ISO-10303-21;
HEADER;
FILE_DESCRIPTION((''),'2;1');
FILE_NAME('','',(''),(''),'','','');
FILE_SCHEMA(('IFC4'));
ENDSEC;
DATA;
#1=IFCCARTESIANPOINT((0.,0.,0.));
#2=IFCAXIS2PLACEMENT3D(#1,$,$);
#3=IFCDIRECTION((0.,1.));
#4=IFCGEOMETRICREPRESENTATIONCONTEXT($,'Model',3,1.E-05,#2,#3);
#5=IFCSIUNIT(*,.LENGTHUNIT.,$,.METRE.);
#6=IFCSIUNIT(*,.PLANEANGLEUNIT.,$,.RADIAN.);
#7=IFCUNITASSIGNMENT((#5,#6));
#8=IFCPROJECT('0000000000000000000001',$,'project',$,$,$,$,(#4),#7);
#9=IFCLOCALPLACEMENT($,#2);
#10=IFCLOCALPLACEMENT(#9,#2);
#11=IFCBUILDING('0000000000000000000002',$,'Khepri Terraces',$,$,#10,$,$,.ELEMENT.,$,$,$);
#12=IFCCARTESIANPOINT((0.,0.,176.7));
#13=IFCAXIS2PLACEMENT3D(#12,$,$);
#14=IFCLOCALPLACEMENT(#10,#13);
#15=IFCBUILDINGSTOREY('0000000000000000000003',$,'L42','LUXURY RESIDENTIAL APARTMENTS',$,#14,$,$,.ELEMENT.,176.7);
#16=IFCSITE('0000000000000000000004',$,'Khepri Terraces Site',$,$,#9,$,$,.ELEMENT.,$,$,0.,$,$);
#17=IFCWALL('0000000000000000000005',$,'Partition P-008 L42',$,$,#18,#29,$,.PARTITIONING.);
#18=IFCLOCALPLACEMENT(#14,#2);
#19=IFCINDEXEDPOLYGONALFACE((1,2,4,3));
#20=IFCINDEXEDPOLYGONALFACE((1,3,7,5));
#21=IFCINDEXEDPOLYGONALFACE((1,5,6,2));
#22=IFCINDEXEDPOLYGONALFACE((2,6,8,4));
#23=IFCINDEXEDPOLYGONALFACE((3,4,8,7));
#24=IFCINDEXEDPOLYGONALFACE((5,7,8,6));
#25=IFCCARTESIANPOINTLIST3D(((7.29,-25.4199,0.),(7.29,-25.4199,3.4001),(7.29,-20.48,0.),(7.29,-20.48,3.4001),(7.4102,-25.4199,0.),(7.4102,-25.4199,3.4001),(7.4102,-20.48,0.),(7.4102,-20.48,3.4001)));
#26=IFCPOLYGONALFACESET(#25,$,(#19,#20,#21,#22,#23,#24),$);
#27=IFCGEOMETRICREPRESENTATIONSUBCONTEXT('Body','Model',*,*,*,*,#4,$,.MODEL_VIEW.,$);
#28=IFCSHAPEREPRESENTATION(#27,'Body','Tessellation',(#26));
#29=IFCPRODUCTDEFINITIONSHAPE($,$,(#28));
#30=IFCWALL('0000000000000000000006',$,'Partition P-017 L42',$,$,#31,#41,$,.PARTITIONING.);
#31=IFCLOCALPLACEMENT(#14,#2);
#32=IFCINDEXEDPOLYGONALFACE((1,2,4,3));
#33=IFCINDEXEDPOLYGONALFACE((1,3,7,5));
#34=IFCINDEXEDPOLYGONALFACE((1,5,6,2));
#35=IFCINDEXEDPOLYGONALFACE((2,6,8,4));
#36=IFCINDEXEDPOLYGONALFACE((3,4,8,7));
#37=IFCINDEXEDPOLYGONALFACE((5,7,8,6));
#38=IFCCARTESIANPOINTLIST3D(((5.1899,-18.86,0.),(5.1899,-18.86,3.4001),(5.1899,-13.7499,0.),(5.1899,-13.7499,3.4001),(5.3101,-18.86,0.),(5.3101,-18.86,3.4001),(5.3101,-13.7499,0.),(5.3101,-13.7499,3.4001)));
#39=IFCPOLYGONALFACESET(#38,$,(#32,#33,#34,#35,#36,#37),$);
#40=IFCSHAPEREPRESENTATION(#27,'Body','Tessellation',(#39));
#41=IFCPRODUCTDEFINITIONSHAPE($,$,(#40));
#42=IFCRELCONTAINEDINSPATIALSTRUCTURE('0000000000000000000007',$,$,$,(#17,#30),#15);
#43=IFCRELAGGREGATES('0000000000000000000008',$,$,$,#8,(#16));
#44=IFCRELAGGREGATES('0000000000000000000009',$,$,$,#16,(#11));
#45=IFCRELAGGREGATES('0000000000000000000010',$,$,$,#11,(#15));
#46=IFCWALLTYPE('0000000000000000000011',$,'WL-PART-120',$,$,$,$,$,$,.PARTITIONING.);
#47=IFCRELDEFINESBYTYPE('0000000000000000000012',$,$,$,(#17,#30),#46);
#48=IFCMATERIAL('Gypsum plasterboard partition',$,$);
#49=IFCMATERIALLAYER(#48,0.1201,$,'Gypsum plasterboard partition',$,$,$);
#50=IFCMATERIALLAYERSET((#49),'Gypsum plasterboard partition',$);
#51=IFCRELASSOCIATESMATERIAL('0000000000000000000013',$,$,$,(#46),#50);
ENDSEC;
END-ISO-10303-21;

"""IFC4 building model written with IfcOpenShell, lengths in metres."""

from ifc_helpers import new_model, si_unit, direction, frame, frame_2d, origin, place, context, subcontext, project, spatial, rectangle, extrude, material, layer, layer_set, type_object, element, save


model = new_model("IFC4")

# Units and contexts
model_context = context("Model", 3, precision=1e-05, world=origin(), true_north=direction((0.0, 1.0)))
body_context = subcontext(model_context, "Body", "Model", "MODEL_VIEW")
ifc_project = project(units=[si_unit("LENGTHUNIT", "METRE"), si_unit("PLANEANGLEUNIT", "RADIAN")], contexts=[model_context])

# Site, building, storey
site_placement = place(None, origin())
site = spatial("IfcSite", under=ifc_project, at=site_placement, Name="Khepri Terraces Site", CompositionType="ELEMENT", RefElevation=0.0)
building_placement = place(site_placement, origin())
building = spatial("IfcBuilding", under=site, at=building_placement, Name="Khepri Terraces", CompositionType="ELEMENT")
storey_placement = place(building_placement, frame((0.0, 0.0, 176.7)))
storey = spatial("IfcBuildingStorey", under=building, at=storey_placement, Name="L42", Description="LUXURY RESIDENTIAL APARTMENTS", CompositionType="ELEMENT", Elevation=176.7)

# Shared definitions
ifc_material_1 = material(Name="Gypsum plasterboard partition")
ifc_layer_1 = layer(ifc_material_1, 0.1201, Name="Gypsum plasterboard partition")
ifc_layer_set_1 = layer_set([ifc_layer_1], Name="Gypsum plasterboard partition")
wall_type_1 = type_object("IfcWallType", Name="WL-PART-120", PredefinedType="PARTITIONING", material=ifc_layer_set_1)

# Walls
wall_1_placement = place(storey_placement, frame((7.3501, -25.4199, 0.0), z_axis=(0.0, 0.0, 1.0), x_axis=(0.0, 1.0, 0.0)))
element("IfcWall", 1, at=wall_1_placement, inside=storey, type_object=wall_type_1, Name="Partition P-008 L42", PredefinedType="PARTITIONING", context=body_context, shape_type="SweptSolid", body=[
    extrude(rectangle(XDim=4.9399, YDim=0.1201, at=frame_2d((2.47, 0.0))), origin(), (0.0, 0.0, 1.0), 3.4001),
])
wall_2_placement = place(storey_placement, frame((5.25, -18.8601, 0.0), z_axis=(0.0, 0.0, 1.0), x_axis=(0.0, 1.0, 0.0)))
element("IfcWall", 2, at=wall_2_placement, inside=storey, type_object=wall_type_1, Name="Partition P-017 L42", PredefinedType="PARTITIONING", context=body_context, shape_type="SweptSolid", body=[
    extrude(rectangle(XDim=5.1101, YDim=0.1201, at=frame_2d((2.5552, 0.0))), origin(), (0.0, 0.0, 1.0), 3.4001),
])

save(model, "model.ifc")
